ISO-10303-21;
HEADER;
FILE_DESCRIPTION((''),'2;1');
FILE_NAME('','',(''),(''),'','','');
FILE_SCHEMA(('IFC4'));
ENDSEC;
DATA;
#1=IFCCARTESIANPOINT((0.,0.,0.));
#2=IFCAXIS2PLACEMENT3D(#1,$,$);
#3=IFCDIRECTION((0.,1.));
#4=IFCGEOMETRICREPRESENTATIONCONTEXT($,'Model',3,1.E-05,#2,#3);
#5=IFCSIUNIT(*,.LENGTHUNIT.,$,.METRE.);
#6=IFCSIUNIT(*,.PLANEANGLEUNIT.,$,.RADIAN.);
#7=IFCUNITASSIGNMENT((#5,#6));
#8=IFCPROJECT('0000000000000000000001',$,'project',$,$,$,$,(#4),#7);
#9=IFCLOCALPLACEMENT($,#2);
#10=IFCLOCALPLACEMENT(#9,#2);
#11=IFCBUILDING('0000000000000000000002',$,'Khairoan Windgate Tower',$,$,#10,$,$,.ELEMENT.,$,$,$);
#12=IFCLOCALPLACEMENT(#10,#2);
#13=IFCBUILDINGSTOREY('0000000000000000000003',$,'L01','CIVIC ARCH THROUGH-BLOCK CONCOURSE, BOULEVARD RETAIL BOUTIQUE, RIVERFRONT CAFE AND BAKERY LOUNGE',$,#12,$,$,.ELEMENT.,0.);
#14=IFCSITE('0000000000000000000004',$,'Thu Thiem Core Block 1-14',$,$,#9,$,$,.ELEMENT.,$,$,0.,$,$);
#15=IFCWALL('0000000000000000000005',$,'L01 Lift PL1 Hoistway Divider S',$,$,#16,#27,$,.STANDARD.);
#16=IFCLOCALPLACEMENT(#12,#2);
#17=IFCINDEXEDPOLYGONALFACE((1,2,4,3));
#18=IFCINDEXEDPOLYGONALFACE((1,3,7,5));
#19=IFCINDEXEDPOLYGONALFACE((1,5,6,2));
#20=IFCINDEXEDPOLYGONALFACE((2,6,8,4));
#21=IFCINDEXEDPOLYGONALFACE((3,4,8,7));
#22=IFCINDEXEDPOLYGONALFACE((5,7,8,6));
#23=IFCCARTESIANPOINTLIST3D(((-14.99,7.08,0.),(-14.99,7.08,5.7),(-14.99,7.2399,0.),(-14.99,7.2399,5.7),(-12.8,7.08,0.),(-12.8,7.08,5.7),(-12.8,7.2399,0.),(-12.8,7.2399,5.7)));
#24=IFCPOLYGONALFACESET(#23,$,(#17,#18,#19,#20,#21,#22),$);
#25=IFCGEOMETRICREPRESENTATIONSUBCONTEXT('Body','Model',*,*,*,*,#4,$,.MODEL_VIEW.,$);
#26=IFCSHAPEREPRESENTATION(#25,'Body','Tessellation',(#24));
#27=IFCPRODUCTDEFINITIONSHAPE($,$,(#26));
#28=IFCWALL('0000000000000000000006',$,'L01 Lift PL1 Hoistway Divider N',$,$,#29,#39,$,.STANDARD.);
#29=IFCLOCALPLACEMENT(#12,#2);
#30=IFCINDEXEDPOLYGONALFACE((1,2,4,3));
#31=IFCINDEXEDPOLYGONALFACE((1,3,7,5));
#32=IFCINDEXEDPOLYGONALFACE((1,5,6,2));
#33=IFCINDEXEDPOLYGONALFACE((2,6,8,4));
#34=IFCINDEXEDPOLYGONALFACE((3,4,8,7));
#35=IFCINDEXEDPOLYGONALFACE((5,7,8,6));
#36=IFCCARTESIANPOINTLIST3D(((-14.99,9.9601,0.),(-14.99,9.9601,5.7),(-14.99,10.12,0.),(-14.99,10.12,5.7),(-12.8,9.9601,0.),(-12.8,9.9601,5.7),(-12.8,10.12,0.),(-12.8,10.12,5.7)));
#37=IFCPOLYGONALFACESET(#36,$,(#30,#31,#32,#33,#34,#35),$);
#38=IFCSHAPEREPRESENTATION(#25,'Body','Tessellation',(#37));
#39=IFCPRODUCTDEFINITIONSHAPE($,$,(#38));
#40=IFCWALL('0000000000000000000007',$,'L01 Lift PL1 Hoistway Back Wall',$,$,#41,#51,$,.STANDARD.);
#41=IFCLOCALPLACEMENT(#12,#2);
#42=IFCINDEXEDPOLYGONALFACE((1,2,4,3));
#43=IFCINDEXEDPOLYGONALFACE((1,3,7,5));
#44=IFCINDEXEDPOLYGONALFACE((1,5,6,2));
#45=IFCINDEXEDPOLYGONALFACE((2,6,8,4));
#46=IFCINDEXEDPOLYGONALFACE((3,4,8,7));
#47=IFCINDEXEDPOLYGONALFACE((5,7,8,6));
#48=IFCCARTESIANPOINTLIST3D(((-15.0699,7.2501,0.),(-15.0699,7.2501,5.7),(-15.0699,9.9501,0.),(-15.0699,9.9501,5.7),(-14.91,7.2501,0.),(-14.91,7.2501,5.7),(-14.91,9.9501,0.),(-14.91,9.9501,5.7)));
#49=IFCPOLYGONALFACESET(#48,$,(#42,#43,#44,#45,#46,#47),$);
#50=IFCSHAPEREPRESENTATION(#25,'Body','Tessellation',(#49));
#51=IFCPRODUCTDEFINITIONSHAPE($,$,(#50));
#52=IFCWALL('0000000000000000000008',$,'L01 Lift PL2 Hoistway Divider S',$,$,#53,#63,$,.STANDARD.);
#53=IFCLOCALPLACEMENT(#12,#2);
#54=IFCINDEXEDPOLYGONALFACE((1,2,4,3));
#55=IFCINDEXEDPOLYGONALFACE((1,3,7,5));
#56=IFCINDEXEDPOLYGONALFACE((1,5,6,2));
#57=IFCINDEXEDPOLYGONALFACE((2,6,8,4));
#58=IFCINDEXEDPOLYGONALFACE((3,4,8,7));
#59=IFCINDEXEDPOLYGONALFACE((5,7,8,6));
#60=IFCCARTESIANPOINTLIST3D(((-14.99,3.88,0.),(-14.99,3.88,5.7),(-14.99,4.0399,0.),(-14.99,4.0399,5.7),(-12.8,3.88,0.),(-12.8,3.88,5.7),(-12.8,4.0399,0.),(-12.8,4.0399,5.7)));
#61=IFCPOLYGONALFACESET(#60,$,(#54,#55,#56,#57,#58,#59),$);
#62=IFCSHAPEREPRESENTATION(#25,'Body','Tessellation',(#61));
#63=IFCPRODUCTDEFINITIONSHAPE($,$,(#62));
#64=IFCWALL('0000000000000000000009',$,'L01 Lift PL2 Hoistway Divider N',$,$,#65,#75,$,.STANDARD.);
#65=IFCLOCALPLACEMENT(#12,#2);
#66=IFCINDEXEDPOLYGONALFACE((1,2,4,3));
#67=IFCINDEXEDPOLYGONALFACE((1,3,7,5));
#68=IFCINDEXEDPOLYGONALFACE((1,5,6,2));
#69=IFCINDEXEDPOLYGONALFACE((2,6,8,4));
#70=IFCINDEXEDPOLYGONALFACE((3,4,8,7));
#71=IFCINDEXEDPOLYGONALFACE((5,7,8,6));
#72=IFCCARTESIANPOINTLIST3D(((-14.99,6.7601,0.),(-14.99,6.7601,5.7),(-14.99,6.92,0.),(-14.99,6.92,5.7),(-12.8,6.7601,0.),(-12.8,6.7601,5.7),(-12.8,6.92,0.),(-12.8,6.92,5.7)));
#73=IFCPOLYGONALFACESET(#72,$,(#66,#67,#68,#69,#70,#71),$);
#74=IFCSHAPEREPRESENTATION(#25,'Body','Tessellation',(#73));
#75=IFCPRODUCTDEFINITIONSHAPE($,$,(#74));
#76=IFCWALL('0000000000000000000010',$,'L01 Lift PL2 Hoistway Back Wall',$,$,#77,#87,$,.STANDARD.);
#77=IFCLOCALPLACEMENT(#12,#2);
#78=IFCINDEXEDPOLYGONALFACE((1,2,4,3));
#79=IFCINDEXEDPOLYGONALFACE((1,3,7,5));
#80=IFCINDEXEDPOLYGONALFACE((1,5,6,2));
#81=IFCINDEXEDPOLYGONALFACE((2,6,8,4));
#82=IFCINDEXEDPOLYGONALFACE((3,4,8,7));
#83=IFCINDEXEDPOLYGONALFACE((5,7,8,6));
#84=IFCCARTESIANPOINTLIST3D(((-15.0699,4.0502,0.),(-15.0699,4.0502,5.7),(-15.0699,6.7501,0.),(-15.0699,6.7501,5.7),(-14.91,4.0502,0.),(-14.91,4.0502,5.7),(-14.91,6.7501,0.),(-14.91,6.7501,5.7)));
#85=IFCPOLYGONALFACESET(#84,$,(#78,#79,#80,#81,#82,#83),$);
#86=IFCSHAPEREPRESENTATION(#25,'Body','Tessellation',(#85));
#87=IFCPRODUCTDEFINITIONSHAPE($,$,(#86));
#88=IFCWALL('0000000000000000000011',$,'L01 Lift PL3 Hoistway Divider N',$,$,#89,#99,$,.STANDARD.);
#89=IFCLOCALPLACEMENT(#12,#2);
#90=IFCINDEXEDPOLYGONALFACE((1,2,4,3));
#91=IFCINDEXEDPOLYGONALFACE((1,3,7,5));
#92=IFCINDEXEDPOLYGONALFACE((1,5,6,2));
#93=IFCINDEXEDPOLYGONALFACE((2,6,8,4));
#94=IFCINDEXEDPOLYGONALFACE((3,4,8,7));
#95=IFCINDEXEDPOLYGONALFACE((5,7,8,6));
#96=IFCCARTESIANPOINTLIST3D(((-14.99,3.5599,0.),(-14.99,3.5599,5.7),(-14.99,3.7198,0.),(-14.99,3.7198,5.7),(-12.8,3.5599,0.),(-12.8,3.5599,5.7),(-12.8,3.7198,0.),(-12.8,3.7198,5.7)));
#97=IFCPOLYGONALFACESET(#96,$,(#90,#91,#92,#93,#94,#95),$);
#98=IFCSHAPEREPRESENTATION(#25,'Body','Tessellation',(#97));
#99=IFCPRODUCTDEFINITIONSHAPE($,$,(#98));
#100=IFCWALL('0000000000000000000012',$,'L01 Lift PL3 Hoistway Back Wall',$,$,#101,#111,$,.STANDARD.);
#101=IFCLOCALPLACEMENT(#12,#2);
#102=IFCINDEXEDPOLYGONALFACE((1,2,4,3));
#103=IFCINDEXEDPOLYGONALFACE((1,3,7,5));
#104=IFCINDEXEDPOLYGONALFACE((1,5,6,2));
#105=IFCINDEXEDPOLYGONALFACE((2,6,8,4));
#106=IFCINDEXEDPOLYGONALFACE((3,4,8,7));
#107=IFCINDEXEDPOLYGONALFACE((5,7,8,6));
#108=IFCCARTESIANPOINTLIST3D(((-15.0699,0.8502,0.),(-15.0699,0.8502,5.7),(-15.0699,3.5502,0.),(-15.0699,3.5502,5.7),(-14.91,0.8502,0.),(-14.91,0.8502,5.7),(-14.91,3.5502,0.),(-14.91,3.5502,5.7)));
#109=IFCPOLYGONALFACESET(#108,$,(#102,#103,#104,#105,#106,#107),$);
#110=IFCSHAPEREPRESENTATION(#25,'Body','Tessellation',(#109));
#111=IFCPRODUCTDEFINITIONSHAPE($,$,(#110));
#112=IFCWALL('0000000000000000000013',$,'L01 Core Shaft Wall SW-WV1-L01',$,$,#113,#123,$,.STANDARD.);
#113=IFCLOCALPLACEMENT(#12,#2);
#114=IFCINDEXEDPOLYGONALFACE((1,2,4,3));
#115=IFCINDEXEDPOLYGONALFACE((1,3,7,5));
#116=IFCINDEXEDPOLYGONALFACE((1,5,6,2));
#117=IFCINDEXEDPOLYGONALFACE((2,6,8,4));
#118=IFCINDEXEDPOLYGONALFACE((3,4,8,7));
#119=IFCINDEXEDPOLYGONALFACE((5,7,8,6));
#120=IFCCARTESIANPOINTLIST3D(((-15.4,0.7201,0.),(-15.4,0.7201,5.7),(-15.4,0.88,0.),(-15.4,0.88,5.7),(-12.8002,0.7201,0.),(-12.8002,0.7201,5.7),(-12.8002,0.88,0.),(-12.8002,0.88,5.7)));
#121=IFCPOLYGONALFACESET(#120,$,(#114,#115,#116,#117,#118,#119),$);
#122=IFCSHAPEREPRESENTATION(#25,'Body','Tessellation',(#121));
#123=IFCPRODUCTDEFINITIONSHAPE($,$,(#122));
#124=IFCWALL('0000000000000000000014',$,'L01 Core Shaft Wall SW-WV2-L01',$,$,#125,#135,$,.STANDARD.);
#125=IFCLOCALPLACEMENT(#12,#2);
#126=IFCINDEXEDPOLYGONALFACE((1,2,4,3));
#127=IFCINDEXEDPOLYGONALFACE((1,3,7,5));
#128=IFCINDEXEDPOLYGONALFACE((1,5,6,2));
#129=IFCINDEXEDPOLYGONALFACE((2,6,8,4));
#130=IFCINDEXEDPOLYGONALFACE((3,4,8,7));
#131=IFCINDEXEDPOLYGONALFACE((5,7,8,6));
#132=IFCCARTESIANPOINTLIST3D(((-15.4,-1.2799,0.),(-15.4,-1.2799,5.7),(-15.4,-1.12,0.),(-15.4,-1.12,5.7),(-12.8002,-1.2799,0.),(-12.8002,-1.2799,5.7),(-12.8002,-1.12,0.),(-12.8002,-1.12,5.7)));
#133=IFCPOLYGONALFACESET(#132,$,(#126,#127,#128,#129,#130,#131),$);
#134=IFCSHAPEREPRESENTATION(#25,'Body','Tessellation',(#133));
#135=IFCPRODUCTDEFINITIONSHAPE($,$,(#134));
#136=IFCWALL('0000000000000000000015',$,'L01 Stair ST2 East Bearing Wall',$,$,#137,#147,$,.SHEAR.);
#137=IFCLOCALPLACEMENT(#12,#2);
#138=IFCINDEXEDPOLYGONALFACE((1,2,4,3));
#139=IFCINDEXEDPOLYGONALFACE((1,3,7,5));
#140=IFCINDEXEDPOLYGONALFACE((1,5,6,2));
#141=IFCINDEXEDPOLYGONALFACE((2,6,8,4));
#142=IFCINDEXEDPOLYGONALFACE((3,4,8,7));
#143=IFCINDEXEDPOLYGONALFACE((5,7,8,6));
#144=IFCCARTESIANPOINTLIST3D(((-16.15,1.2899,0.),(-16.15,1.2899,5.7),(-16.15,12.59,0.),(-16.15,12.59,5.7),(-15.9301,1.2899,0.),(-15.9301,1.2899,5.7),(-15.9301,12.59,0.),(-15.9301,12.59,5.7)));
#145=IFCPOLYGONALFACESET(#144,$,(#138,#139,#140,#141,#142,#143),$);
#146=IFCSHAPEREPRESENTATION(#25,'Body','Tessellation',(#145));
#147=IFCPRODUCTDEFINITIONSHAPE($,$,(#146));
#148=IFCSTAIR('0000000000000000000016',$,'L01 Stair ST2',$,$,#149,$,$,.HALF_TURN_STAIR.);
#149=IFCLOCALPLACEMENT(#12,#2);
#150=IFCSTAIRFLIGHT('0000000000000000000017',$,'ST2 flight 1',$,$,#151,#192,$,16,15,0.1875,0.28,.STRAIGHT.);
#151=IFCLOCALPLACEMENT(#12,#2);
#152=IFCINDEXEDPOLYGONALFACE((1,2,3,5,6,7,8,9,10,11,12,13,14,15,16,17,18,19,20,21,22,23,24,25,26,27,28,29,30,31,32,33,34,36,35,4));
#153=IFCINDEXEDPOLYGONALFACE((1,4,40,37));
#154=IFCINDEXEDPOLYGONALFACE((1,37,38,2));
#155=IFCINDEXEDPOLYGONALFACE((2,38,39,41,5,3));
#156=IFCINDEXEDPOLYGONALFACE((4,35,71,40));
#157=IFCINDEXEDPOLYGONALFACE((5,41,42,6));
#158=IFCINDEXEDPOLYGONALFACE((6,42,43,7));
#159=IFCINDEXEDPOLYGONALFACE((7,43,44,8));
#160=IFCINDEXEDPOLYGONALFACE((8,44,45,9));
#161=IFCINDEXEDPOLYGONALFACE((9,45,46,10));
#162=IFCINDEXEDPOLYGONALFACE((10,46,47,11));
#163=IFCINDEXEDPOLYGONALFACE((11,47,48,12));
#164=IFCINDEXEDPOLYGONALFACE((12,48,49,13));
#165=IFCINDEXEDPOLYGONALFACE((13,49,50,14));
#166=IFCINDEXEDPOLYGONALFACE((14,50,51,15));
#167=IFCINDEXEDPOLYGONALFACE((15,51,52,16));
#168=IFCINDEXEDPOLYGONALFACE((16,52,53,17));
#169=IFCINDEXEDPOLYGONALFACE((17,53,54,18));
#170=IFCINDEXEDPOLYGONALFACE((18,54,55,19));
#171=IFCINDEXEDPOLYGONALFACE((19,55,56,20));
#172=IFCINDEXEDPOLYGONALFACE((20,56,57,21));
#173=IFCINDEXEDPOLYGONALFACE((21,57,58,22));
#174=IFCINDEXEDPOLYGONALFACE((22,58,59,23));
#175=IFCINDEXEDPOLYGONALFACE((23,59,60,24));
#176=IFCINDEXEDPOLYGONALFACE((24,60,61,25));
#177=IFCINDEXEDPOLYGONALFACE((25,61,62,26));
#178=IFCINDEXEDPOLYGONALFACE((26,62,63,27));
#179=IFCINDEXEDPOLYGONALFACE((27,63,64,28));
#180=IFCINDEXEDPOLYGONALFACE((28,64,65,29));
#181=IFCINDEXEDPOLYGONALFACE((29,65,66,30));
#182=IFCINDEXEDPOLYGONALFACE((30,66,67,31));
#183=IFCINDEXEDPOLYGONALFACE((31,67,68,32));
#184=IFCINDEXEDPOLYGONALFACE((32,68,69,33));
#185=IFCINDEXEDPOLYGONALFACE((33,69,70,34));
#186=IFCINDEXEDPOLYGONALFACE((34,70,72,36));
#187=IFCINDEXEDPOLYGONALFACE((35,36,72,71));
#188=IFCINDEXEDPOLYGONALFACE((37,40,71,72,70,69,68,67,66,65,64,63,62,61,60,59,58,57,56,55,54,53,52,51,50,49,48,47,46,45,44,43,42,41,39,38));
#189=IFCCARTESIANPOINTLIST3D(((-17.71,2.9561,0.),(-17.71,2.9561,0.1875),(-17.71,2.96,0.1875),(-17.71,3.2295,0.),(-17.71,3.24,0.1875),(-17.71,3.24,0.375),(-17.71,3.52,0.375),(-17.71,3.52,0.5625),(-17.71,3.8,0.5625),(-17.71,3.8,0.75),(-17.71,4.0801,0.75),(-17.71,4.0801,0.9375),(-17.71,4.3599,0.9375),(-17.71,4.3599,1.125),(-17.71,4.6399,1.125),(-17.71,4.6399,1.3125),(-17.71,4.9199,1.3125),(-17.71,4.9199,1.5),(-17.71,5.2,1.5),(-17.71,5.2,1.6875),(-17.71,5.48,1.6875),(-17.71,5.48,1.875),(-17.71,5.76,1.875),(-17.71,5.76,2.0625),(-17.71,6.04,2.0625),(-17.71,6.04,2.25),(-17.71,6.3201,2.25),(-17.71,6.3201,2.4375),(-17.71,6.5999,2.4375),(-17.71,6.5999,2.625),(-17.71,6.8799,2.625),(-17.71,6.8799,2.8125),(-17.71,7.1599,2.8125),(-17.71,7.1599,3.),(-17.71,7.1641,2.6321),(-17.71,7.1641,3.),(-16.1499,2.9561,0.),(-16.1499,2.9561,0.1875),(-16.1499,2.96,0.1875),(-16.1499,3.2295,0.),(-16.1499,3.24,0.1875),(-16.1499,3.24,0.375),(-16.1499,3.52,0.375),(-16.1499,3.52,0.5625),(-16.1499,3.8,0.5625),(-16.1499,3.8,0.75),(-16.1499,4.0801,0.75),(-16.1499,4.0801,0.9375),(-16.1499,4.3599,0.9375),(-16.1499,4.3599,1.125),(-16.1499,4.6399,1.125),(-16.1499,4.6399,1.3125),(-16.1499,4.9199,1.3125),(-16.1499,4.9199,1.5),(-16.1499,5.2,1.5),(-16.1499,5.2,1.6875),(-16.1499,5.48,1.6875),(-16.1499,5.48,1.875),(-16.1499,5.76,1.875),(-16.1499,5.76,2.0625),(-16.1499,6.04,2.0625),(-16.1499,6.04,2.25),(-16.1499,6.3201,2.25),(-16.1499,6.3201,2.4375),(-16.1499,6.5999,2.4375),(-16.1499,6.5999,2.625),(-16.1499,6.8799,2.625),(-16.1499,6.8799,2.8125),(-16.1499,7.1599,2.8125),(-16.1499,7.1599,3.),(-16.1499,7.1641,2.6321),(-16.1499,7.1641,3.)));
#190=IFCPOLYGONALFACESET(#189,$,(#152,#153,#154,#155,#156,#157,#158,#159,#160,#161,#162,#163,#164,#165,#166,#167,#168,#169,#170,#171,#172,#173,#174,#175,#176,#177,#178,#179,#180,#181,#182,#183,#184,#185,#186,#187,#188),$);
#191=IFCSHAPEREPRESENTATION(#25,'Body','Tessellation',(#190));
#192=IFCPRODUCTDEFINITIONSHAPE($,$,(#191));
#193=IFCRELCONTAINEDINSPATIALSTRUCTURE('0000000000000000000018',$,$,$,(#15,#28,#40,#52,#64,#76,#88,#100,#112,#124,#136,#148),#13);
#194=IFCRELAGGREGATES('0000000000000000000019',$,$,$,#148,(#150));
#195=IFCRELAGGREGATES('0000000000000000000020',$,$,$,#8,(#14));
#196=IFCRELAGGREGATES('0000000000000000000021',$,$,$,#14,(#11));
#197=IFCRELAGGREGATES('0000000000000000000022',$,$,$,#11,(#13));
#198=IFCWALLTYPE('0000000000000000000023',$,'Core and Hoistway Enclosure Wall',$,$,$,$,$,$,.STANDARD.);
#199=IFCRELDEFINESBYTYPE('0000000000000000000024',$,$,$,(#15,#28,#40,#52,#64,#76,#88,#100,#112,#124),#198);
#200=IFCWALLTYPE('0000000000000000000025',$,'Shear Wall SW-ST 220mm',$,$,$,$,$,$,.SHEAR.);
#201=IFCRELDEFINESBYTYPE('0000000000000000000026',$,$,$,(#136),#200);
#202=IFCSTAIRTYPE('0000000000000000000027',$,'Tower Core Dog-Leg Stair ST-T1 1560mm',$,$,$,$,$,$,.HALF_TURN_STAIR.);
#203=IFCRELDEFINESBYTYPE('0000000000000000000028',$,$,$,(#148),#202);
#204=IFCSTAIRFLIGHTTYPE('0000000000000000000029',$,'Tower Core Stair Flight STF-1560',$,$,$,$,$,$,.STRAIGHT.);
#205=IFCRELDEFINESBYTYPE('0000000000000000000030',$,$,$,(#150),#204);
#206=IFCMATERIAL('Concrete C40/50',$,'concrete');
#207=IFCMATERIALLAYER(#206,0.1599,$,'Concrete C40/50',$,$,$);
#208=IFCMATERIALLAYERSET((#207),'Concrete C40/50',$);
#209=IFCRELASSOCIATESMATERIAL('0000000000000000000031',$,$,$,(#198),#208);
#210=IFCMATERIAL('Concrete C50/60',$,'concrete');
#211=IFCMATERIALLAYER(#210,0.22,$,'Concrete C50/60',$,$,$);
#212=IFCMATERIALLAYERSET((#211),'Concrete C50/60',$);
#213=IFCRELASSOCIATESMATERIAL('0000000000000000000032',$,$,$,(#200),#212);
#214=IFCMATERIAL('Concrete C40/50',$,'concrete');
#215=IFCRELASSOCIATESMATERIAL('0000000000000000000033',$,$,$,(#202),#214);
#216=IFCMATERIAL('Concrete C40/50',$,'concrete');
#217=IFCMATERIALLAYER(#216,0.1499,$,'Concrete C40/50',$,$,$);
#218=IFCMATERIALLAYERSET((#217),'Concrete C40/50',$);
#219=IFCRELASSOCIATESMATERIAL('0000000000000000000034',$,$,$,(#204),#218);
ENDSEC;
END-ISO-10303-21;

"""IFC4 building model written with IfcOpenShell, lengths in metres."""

from ifc_helpers import new_model, si_unit, direction, frame, frame_2d, origin, place, context, subcontext, project, spatial, polyline, rectangle, outline, extrude, material, layer, layer_set, type_object, element, aggregate, save


model = new_model("IFC4")

# Units and contexts
model_context = context("Model", 3, precision=1e-05, world=origin(), true_north=direction((0.0, 1.0)))
body_context = subcontext(model_context, "Body", "Model", "MODEL_VIEW")
ifc_project = project(units=[si_unit("LENGTHUNIT", "METRE"), si_unit("PLANEANGLEUNIT", "RADIAN")], contexts=[model_context])

# Site, building, storey
site_placement = place(None, origin())
site = spatial("IfcSite", under=ifc_project, at=site_placement, Name="Thu Thiem Core Block 1-14", CompositionType="ELEMENT", RefElevation=0.0)
building_placement = place(site_placement, origin())
building = spatial("IfcBuilding", under=site, at=building_placement, Name="Khairoan Windgate Tower", CompositionType="ELEMENT")
storey_placement = place(building_placement, origin())
storey = spatial("IfcBuildingStorey", under=building, at=storey_placement, Name="L01", Description="CIVIC ARCH THROUGH-BLOCK CONCOURSE, BOULEVARD RETAIL BOUTIQUE, RIVERFRONT CAFE AND BAKERY LOUNGE", CompositionType="ELEMENT", Elevation=0.0)

# Walls
ifc_material_1 = material(Name="Concrete C40/50", Category="concrete")
ifc_layer_1 = layer(ifc_material_1, 0.1599, Name="Concrete C40/50")
ifc_layer_set_1 = layer_set([ifc_layer_1], Name="Concrete C40/50")
wall_type_1 = type_object("IfcWallType", Name="Core and Hoistway Enclosure Wall", PredefinedType="STANDARD", material=ifc_layer_set_1)
for number, where, z_axis, x_axis, name in (
    (1, (-14.99, 7.1599, 0.0), (0.0, 0.0, 1.0), (1.0, 0.0, 0.0), "L01 Lift PL1 Hoistway Divider S"),
    (2, (-14.99, 10.04, 0.0), (0.0, 0.0, 1.0), (1.0, 0.0, 0.0), "L01 Lift PL1 Hoistway Divider N"),
):
    element("IfcWall", number, at=place(storey_placement, frame(where, z_axis=z_axis, x_axis=x_axis)), inside=storey, type_object=wall_type_1, Name=name, PredefinedType="STANDARD", context=body_context, shape_type="SweptSolid", body=[
        extrude(rectangle(XDim=2.1899, YDim=0.1599, at=frame_2d((1.095, 0.0))), origin(), (0.0, 0.0, 1.0), 5.7),
    ])
wall_1_placement = place(storey_placement, frame((-14.99, 7.25, 0.0), z_axis=(0.0, 0.0, 1.0), x_axis=(0.0, 1.0, 0.0)))
element("IfcWall", 3, at=wall_1_placement, inside=storey, type_object=wall_type_1, Name="L01 Lift PL1 Hoistway Back Wall", PredefinedType="STANDARD", context=body_context, shape_type="SweptSolid", body=[
    extrude(rectangle(XDim=2.7, YDim=0.1599, at=frame_2d((1.3501, 0.0))), origin(), (0.0, 0.0, 1.0), 5.7),
])
for number, where, z_axis, x_axis, name in (
    (4, (-14.99, 3.96, 0.0), (0.0, 0.0, 1.0), (1.0, 0.0, 0.0), "L01 Lift PL2 Hoistway Divider S"),
    (5, (-14.99, 6.8401, 0.0), (0.0, 0.0, 1.0), (1.0, 0.0, 0.0), "L01 Lift PL2 Hoistway Divider N"),
):
    element("IfcWall", number, at=place(storey_placement, frame(where, z_axis=z_axis, x_axis=x_axis)), inside=storey, type_object=wall_type_1, Name=name, PredefinedType="STANDARD", context=body_context, shape_type="SweptSolid", body=[
        extrude(rectangle(XDim=2.1899, YDim=0.1599, at=frame_2d((1.095, 0.0))), origin(), (0.0, 0.0, 1.0), 5.7),
    ])
wall_2_placement = place(storey_placement, frame((-14.99, 4.05, 0.0), z_axis=(0.0, 0.0, 1.0), x_axis=(0.0, 1.0, 0.0)))
element("IfcWall", 6, at=wall_2_placement, inside=storey, type_object=wall_type_1, Name="L01 Lift PL2 Hoistway Back Wall", PredefinedType="STANDARD", context=body_context, shape_type="SweptSolid", body=[
    extrude(rectangle(XDim=2.7, YDim=0.1599, at=frame_2d((1.3501, 0.0))), origin(), (0.0, 0.0, 1.0), 5.7),
])
wall_3_placement = place(storey_placement, frame((-14.99, 3.6399, 0.0), z_axis=(0.0, 0.0, 1.0), x_axis=(1.0, 0.0, 0.0)))
element("IfcWall", 7, at=wall_3_placement, inside=storey, type_object=wall_type_1, Name="L01 Lift PL3 Hoistway Divider N", PredefinedType="STANDARD", context=body_context, shape_type="SweptSolid", body=[
    extrude(rectangle(XDim=2.1899, YDim=0.1599, at=frame_2d((1.095, 0.0))), origin(), (0.0, 0.0, 1.0), 5.7),
])
wall_4_placement = place(storey_placement, frame((-14.99, 0.8501, 0.0), z_axis=(0.0, 0.0, 1.0), x_axis=(0.0, 1.0, 0.0)))
element("IfcWall", 8, at=wall_4_placement, inside=storey, type_object=wall_type_1, Name="L01 Lift PL3 Hoistway Back Wall", PredefinedType="STANDARD", context=body_context, shape_type="SweptSolid", body=[
    extrude(rectangle(XDim=2.7, YDim=0.1599, at=frame_2d((1.3501, 0.0))), origin(), (0.0, 0.0, 1.0), 5.7),
])
for number, where, z_axis, x_axis, name in (
    (9, (-15.3999, 0.8, 0.0), (0.0, 0.0, 1.0), (1.0, 0.0, 0.0), "L01 Core Shaft Wall SW-WV1-L01"),
    (10, (-15.3999, -1.2, 0.0), (0.0, 0.0, 1.0), (1.0, 0.0, 0.0), "L01 Core Shaft Wall SW-WV2-L01"),
):
    element("IfcWall", number, at=place(storey_placement, frame(where, z_axis=z_axis, x_axis=x_axis)), inside=storey, type_object=wall_type_1, Name=name, PredefinedType="STANDARD", context=body_context, shape_type="SweptSolid", body=[
        extrude(rectangle(XDim=2.5999, YDim=0.1599, at=frame_2d((1.2998, 0.0))), origin(), (0.0, 0.0, 1.0), 5.7),
    ])
ifc_material_2 = material(Name="Concrete C50/60", Category="concrete")
ifc_layer_2 = layer(ifc_material_2, 0.22, Name="Concrete C50/60")
ifc_layer_set_2 = layer_set([ifc_layer_2], Name="Concrete C50/60")
wall_type_2 = type_object("IfcWallType", Name="Shear Wall SW-ST 220mm", PredefinedType="SHEAR", material=ifc_layer_set_2)
wall_5_placement = place(storey_placement, frame((-16.04, 1.29, 0.0), z_axis=(0.0, 0.0, 1.0), x_axis=(0.0, 1.0, 0.0)))
element("IfcWall", 11, at=wall_5_placement, inside=storey, type_object=wall_type_2, Name="L01 Stair ST2 East Bearing Wall", PredefinedType="SHEAR", context=body_context, shape_type="SweptSolid", body=[
    extrude(rectangle(XDim=11.3, YDim=0.22, at=frame_2d((5.6499, 0.0))), origin(), (0.0, 0.0, 1.0), 5.7),
])

# Stair, stair flight
ifc_material_3 = material(Name="Concrete C40/50", Category="concrete")
stair_type = type_object("IfcStairType", Name="Tower Core Dog-Leg Stair ST-T1 1560mm", PredefinedType="HALF_TURN_STAIR", material=ifc_material_3)
stair_placement = place(storey_placement, origin())
stair = element("IfcStair", 12, at=stair_placement, inside=storey, type_object=stair_type, Name="L01 Stair ST2", PredefinedType="HALF_TURN_STAIR")
ifc_material_4 = material(Name="Concrete C40/50", Category="concrete")
ifc_layer_3 = layer(ifc_material_4, 0.1499, Name="Concrete C40/50")
ifc_layer_set_3 = layer_set([ifc_layer_3], Name="Concrete C40/50")
stair_flight_type = type_object("IfcStairFlightType", Name="Tower Core Stair Flight STF-1560", PredefinedType="STRAIGHT", material=ifc_layer_set_3)
stair_flight_placement = place(storey_placement, frame((-16.9299, 2.96, 0.0), z_axis=(0.0, 0.0, 1.0), x_axis=(0.0, 1.0, 0.0)))
stair_flight = element("IfcStairFlight", 13, at=stair_flight_placement, type_object=stair_flight_type, Name="ST2 flight 1", NumberOfRisers=16, NumberOfTreads=15, PredefinedType="STRAIGHT", RiserHeight=0.1875, TreadLength=0.28, context=body_context, shape_type="SweptSolid", body=[
    extrude(outline(polyline([(-0.0039, 0.0), (-0.0039, 0.1875), (0.0, 0.1875), (0.28, 0.1875), (0.28, 0.375), (0.5601, 0.375), (0.5601, 0.5625), (0.8401, 0.5625), (0.8401, 0.75), (1.1201, 0.75), (1.1201, 0.9375), (1.3999, 0.9375), (1.3999, 1.125), (1.6799, 1.125), (1.6799, 1.3125), (1.96, 1.3125), (1.96, 1.5), (2.24, 1.5), (2.24, 1.6875), (2.52, 1.6875), (2.52, 1.875), (2.8, 1.875), (2.8, 2.0625), (3.0801, 2.0625), (3.0801, 2.25), (3.3601, 2.25), (3.3601, 2.4375), (3.6399, 2.4375), (3.6399, 2.625), (3.9199, 2.625), (3.9199, 2.8125), (4.2, 2.8125), (4.2, 3.0), (4.2041, 3.0), (4.2041, 2.6321), (0.2695, 0.0), (-0.0039, 0.0)])), frame((0.0, 0.78, 0.0), z_axis=(0.0, -1.0, 0.0), x_axis=(1.0, 0.0, 0.0)), (0.0, 0.0, 1.0), 1.5601),
])
aggregate(stair, [stair_flight])

save(model, "model.ifc")
